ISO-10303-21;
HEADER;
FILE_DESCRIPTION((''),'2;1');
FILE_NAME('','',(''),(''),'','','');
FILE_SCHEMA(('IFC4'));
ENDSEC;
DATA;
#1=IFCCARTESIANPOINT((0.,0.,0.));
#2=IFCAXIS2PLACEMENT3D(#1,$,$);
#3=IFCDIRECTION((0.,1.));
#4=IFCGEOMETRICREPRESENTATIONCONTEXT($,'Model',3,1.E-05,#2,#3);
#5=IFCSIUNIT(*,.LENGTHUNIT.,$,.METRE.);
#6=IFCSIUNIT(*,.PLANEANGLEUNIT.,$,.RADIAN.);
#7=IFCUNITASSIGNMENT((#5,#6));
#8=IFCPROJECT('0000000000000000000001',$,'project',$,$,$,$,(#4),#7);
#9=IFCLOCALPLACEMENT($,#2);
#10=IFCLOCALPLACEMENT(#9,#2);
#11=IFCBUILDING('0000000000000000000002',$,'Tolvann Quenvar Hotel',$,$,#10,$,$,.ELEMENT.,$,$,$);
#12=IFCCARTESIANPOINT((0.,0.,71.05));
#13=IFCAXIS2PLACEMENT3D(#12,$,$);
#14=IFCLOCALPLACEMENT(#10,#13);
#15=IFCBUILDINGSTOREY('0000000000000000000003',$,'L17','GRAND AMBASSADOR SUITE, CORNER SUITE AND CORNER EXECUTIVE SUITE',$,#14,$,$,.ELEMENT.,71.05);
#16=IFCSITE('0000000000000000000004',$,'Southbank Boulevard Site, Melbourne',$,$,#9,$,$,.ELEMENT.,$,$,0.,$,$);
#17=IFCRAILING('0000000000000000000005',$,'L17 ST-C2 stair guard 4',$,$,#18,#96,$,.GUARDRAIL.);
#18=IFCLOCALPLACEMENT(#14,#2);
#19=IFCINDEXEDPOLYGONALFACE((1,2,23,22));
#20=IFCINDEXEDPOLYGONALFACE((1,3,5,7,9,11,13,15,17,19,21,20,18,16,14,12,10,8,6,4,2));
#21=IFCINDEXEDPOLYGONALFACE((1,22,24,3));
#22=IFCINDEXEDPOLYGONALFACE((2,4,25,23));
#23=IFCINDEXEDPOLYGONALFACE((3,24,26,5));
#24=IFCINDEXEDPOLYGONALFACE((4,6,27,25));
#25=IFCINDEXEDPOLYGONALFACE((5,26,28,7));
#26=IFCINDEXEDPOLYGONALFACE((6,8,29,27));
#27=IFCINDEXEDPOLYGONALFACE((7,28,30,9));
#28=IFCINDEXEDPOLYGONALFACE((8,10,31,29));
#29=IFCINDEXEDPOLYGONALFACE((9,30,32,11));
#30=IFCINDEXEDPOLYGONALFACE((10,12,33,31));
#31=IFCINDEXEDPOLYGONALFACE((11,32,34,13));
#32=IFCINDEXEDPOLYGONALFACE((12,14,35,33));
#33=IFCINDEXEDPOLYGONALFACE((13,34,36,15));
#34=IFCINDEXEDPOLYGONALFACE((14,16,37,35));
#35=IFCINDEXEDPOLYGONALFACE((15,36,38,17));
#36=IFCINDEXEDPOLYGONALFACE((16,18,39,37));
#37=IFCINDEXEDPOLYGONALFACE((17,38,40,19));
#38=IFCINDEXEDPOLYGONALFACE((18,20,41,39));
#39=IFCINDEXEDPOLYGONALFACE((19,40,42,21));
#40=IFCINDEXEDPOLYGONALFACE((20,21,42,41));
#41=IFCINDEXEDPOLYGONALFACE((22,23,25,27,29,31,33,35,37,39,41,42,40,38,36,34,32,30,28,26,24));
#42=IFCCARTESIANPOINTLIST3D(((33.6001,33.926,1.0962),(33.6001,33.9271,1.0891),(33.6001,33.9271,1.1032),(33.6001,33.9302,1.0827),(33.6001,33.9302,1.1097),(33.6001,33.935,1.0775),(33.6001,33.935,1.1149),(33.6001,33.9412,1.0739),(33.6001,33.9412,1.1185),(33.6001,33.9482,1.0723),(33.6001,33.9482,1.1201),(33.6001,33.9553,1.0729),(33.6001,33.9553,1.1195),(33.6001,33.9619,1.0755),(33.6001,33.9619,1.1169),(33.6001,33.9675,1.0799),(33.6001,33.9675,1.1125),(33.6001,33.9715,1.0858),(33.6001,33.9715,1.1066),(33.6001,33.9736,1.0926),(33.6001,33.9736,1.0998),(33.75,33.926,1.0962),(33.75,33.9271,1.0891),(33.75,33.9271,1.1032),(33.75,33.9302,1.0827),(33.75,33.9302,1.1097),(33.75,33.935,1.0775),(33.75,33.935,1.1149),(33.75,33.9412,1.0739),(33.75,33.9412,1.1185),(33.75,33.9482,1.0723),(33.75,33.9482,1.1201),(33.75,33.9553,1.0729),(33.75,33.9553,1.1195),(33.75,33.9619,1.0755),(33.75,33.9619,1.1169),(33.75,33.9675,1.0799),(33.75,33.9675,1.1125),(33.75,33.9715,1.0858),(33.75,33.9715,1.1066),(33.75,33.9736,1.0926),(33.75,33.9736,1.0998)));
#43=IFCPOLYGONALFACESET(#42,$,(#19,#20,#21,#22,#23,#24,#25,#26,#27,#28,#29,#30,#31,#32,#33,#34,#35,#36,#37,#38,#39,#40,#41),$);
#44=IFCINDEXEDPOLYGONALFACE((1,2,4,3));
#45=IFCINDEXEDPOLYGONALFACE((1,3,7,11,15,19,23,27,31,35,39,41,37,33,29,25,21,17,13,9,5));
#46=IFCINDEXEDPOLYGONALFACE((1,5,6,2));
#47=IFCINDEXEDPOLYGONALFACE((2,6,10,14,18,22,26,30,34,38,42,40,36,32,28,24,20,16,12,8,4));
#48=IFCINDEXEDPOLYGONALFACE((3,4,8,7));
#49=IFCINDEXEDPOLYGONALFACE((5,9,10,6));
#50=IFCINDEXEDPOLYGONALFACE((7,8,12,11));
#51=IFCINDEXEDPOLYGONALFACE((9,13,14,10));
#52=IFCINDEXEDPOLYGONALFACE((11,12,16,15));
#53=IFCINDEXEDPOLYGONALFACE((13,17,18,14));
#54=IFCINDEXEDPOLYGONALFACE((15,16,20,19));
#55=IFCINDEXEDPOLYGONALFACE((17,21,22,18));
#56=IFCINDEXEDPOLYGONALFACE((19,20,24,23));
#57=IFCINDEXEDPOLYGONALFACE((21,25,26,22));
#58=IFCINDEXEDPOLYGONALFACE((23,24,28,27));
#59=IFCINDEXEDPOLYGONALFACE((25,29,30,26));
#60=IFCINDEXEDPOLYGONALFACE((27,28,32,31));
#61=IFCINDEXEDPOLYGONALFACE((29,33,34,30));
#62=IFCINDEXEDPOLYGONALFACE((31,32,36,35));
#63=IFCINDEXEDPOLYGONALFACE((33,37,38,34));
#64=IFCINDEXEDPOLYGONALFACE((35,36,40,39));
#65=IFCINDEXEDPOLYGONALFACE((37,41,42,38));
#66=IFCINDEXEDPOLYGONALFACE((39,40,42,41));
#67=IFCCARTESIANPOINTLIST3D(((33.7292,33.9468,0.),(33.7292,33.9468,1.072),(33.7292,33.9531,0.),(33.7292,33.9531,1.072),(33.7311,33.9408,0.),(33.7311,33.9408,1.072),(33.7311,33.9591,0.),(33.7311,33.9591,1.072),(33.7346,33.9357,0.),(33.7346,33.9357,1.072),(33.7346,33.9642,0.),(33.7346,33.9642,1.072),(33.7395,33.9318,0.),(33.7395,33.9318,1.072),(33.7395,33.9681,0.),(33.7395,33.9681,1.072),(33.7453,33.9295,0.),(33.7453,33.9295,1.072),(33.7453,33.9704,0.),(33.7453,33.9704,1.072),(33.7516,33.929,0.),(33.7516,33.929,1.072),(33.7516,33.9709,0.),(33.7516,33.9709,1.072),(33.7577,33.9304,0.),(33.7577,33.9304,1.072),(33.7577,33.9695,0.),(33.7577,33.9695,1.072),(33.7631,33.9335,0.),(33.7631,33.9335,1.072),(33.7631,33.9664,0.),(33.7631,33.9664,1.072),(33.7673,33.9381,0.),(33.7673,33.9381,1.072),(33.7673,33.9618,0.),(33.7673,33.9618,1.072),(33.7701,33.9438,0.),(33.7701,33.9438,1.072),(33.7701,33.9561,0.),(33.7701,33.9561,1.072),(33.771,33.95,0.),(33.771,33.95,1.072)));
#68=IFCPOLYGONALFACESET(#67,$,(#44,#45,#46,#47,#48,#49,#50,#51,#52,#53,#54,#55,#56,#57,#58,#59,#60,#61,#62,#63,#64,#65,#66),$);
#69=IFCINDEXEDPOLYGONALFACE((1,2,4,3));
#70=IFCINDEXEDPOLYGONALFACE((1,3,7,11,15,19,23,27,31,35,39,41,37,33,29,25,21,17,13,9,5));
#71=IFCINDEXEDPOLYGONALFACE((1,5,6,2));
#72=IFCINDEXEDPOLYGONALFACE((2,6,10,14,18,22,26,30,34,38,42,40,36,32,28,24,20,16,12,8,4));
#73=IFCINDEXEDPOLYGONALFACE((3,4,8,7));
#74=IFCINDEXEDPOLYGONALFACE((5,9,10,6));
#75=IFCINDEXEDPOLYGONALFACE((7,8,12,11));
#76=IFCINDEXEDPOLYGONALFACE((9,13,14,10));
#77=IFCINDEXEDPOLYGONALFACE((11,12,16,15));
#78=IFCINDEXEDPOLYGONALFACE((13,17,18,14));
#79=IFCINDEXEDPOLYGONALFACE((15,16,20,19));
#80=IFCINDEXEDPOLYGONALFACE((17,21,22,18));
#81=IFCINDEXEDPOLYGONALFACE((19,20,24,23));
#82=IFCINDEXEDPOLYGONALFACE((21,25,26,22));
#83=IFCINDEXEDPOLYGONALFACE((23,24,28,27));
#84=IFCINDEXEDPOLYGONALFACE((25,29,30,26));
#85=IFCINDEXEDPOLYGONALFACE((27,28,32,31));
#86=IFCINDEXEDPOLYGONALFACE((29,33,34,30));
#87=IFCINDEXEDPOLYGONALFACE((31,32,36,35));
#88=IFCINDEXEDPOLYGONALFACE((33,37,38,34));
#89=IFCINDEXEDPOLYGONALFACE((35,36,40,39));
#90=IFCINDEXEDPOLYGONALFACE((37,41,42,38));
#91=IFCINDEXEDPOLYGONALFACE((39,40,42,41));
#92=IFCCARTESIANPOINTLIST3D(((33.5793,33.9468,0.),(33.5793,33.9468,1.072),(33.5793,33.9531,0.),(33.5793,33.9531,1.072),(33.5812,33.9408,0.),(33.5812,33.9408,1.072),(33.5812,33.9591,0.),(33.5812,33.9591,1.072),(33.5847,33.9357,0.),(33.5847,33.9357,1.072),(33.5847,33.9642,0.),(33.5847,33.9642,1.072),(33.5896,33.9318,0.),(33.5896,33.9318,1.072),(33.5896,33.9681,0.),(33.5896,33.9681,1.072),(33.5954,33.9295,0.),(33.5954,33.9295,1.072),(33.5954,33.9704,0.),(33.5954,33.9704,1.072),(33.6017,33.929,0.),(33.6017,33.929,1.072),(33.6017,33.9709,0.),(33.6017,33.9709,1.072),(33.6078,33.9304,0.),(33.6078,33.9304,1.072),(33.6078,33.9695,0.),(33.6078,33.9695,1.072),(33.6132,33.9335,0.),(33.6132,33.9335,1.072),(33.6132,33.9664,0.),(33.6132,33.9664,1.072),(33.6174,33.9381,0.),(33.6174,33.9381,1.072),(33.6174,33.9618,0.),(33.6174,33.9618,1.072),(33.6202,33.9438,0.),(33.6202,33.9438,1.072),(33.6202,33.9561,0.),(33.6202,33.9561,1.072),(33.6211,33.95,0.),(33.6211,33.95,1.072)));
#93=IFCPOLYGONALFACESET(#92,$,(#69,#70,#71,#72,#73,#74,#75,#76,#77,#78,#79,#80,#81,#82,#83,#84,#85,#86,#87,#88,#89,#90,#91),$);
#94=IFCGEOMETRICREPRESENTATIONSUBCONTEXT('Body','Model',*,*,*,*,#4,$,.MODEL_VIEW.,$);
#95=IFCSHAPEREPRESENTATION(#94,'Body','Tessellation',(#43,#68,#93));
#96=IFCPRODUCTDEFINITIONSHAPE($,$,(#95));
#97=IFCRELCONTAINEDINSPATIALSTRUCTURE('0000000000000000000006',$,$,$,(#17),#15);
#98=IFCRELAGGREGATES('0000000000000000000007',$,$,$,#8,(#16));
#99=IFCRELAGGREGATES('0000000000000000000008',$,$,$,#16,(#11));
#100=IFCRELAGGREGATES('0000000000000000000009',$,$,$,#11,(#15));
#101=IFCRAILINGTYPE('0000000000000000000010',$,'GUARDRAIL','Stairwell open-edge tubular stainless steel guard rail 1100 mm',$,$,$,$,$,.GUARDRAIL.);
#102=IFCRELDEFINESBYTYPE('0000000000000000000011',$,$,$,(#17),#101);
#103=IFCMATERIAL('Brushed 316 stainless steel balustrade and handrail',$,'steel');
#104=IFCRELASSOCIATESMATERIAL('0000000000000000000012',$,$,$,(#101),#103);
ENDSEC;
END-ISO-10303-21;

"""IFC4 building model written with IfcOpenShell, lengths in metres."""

from ifc_helpers import new_model, si_unit, direction, frame, origin, origin_2d, place, context, subcontext, project, spatial, circle, extrude, material, type_object, element, save


model = new_model("IFC4")

# Units and contexts
model_context = context("Model", 3, precision=1e-05, world=origin(), true_north=direction((0.0, 1.0)))
body_context = subcontext(model_context, "Body", "Model", "MODEL_VIEW")
ifc_project = project(units=[si_unit("LENGTHUNIT", "METRE"), si_unit("PLANEANGLEUNIT", "RADIAN")], contexts=[model_context])

# Site, building, storey
site_placement = place(None, origin())
site = spatial("IfcSite", under=ifc_project, at=site_placement, Name="Southbank Boulevard Site, Melbourne", CompositionType="ELEMENT", RefElevation=0.0)
building_placement = place(site_placement, origin())
building = spatial("IfcBuilding", under=site, at=building_placement, Name="Tolvann Quenvar Hotel", CompositionType="ELEMENT")
storey_placement = place(building_placement, frame((0.0, 0.0, 71.05)))
storey = spatial("IfcBuildingStorey", under=building, at=storey_placement, Name="L17", Description="GRAND AMBASSADOR SUITE, CORNER SUITE AND CORNER EXECUTIVE SUITE", CompositionType="ELEMENT", Elevation=71.05)

# Railing
ifc_material_1 = material(Name="Brushed 316 stainless steel balustrade and handrail", Category="steel")
railing_type_1 = type_object("IfcRailingType", Name="GUARDRAIL", Description="Stairwell open-edge tubular stainless steel guard rail 1100 mm", PredefinedType="GUARDRAIL", material=ifc_material_1)
railing_1_placement = place(storey_placement, frame((33.75, 33.95, 0.0)))
element("IfcRailing", 1, at=railing_1_placement, inside=storey, type_object=railing_type_1, Name="L17 ST-C2 stair guard 4", PredefinedType="GUARDRAIL", context=body_context, shape_type="SweptSolid", body=[
    extrude(circle(Radius=0.0239, at=origin_2d()), frame((0.0, 0.0, 1.0962), z_axis=(-1.0, 0.0, 0.0), x_axis=(0.0, -1.0, 0.0)), (0.0, 0.0, 1.0), 0.1499),
    extrude(circle(Radius=0.021, at=origin_2d()), origin(), (0.0, 0.0, 1.0), 1.072),
    extrude(circle(Radius=0.021, at=origin_2d()), frame((-0.1499, 0.0, 0.0)), (0.0, 0.0, 1.0), 1.072),
])

save(model, "model.ifc")
